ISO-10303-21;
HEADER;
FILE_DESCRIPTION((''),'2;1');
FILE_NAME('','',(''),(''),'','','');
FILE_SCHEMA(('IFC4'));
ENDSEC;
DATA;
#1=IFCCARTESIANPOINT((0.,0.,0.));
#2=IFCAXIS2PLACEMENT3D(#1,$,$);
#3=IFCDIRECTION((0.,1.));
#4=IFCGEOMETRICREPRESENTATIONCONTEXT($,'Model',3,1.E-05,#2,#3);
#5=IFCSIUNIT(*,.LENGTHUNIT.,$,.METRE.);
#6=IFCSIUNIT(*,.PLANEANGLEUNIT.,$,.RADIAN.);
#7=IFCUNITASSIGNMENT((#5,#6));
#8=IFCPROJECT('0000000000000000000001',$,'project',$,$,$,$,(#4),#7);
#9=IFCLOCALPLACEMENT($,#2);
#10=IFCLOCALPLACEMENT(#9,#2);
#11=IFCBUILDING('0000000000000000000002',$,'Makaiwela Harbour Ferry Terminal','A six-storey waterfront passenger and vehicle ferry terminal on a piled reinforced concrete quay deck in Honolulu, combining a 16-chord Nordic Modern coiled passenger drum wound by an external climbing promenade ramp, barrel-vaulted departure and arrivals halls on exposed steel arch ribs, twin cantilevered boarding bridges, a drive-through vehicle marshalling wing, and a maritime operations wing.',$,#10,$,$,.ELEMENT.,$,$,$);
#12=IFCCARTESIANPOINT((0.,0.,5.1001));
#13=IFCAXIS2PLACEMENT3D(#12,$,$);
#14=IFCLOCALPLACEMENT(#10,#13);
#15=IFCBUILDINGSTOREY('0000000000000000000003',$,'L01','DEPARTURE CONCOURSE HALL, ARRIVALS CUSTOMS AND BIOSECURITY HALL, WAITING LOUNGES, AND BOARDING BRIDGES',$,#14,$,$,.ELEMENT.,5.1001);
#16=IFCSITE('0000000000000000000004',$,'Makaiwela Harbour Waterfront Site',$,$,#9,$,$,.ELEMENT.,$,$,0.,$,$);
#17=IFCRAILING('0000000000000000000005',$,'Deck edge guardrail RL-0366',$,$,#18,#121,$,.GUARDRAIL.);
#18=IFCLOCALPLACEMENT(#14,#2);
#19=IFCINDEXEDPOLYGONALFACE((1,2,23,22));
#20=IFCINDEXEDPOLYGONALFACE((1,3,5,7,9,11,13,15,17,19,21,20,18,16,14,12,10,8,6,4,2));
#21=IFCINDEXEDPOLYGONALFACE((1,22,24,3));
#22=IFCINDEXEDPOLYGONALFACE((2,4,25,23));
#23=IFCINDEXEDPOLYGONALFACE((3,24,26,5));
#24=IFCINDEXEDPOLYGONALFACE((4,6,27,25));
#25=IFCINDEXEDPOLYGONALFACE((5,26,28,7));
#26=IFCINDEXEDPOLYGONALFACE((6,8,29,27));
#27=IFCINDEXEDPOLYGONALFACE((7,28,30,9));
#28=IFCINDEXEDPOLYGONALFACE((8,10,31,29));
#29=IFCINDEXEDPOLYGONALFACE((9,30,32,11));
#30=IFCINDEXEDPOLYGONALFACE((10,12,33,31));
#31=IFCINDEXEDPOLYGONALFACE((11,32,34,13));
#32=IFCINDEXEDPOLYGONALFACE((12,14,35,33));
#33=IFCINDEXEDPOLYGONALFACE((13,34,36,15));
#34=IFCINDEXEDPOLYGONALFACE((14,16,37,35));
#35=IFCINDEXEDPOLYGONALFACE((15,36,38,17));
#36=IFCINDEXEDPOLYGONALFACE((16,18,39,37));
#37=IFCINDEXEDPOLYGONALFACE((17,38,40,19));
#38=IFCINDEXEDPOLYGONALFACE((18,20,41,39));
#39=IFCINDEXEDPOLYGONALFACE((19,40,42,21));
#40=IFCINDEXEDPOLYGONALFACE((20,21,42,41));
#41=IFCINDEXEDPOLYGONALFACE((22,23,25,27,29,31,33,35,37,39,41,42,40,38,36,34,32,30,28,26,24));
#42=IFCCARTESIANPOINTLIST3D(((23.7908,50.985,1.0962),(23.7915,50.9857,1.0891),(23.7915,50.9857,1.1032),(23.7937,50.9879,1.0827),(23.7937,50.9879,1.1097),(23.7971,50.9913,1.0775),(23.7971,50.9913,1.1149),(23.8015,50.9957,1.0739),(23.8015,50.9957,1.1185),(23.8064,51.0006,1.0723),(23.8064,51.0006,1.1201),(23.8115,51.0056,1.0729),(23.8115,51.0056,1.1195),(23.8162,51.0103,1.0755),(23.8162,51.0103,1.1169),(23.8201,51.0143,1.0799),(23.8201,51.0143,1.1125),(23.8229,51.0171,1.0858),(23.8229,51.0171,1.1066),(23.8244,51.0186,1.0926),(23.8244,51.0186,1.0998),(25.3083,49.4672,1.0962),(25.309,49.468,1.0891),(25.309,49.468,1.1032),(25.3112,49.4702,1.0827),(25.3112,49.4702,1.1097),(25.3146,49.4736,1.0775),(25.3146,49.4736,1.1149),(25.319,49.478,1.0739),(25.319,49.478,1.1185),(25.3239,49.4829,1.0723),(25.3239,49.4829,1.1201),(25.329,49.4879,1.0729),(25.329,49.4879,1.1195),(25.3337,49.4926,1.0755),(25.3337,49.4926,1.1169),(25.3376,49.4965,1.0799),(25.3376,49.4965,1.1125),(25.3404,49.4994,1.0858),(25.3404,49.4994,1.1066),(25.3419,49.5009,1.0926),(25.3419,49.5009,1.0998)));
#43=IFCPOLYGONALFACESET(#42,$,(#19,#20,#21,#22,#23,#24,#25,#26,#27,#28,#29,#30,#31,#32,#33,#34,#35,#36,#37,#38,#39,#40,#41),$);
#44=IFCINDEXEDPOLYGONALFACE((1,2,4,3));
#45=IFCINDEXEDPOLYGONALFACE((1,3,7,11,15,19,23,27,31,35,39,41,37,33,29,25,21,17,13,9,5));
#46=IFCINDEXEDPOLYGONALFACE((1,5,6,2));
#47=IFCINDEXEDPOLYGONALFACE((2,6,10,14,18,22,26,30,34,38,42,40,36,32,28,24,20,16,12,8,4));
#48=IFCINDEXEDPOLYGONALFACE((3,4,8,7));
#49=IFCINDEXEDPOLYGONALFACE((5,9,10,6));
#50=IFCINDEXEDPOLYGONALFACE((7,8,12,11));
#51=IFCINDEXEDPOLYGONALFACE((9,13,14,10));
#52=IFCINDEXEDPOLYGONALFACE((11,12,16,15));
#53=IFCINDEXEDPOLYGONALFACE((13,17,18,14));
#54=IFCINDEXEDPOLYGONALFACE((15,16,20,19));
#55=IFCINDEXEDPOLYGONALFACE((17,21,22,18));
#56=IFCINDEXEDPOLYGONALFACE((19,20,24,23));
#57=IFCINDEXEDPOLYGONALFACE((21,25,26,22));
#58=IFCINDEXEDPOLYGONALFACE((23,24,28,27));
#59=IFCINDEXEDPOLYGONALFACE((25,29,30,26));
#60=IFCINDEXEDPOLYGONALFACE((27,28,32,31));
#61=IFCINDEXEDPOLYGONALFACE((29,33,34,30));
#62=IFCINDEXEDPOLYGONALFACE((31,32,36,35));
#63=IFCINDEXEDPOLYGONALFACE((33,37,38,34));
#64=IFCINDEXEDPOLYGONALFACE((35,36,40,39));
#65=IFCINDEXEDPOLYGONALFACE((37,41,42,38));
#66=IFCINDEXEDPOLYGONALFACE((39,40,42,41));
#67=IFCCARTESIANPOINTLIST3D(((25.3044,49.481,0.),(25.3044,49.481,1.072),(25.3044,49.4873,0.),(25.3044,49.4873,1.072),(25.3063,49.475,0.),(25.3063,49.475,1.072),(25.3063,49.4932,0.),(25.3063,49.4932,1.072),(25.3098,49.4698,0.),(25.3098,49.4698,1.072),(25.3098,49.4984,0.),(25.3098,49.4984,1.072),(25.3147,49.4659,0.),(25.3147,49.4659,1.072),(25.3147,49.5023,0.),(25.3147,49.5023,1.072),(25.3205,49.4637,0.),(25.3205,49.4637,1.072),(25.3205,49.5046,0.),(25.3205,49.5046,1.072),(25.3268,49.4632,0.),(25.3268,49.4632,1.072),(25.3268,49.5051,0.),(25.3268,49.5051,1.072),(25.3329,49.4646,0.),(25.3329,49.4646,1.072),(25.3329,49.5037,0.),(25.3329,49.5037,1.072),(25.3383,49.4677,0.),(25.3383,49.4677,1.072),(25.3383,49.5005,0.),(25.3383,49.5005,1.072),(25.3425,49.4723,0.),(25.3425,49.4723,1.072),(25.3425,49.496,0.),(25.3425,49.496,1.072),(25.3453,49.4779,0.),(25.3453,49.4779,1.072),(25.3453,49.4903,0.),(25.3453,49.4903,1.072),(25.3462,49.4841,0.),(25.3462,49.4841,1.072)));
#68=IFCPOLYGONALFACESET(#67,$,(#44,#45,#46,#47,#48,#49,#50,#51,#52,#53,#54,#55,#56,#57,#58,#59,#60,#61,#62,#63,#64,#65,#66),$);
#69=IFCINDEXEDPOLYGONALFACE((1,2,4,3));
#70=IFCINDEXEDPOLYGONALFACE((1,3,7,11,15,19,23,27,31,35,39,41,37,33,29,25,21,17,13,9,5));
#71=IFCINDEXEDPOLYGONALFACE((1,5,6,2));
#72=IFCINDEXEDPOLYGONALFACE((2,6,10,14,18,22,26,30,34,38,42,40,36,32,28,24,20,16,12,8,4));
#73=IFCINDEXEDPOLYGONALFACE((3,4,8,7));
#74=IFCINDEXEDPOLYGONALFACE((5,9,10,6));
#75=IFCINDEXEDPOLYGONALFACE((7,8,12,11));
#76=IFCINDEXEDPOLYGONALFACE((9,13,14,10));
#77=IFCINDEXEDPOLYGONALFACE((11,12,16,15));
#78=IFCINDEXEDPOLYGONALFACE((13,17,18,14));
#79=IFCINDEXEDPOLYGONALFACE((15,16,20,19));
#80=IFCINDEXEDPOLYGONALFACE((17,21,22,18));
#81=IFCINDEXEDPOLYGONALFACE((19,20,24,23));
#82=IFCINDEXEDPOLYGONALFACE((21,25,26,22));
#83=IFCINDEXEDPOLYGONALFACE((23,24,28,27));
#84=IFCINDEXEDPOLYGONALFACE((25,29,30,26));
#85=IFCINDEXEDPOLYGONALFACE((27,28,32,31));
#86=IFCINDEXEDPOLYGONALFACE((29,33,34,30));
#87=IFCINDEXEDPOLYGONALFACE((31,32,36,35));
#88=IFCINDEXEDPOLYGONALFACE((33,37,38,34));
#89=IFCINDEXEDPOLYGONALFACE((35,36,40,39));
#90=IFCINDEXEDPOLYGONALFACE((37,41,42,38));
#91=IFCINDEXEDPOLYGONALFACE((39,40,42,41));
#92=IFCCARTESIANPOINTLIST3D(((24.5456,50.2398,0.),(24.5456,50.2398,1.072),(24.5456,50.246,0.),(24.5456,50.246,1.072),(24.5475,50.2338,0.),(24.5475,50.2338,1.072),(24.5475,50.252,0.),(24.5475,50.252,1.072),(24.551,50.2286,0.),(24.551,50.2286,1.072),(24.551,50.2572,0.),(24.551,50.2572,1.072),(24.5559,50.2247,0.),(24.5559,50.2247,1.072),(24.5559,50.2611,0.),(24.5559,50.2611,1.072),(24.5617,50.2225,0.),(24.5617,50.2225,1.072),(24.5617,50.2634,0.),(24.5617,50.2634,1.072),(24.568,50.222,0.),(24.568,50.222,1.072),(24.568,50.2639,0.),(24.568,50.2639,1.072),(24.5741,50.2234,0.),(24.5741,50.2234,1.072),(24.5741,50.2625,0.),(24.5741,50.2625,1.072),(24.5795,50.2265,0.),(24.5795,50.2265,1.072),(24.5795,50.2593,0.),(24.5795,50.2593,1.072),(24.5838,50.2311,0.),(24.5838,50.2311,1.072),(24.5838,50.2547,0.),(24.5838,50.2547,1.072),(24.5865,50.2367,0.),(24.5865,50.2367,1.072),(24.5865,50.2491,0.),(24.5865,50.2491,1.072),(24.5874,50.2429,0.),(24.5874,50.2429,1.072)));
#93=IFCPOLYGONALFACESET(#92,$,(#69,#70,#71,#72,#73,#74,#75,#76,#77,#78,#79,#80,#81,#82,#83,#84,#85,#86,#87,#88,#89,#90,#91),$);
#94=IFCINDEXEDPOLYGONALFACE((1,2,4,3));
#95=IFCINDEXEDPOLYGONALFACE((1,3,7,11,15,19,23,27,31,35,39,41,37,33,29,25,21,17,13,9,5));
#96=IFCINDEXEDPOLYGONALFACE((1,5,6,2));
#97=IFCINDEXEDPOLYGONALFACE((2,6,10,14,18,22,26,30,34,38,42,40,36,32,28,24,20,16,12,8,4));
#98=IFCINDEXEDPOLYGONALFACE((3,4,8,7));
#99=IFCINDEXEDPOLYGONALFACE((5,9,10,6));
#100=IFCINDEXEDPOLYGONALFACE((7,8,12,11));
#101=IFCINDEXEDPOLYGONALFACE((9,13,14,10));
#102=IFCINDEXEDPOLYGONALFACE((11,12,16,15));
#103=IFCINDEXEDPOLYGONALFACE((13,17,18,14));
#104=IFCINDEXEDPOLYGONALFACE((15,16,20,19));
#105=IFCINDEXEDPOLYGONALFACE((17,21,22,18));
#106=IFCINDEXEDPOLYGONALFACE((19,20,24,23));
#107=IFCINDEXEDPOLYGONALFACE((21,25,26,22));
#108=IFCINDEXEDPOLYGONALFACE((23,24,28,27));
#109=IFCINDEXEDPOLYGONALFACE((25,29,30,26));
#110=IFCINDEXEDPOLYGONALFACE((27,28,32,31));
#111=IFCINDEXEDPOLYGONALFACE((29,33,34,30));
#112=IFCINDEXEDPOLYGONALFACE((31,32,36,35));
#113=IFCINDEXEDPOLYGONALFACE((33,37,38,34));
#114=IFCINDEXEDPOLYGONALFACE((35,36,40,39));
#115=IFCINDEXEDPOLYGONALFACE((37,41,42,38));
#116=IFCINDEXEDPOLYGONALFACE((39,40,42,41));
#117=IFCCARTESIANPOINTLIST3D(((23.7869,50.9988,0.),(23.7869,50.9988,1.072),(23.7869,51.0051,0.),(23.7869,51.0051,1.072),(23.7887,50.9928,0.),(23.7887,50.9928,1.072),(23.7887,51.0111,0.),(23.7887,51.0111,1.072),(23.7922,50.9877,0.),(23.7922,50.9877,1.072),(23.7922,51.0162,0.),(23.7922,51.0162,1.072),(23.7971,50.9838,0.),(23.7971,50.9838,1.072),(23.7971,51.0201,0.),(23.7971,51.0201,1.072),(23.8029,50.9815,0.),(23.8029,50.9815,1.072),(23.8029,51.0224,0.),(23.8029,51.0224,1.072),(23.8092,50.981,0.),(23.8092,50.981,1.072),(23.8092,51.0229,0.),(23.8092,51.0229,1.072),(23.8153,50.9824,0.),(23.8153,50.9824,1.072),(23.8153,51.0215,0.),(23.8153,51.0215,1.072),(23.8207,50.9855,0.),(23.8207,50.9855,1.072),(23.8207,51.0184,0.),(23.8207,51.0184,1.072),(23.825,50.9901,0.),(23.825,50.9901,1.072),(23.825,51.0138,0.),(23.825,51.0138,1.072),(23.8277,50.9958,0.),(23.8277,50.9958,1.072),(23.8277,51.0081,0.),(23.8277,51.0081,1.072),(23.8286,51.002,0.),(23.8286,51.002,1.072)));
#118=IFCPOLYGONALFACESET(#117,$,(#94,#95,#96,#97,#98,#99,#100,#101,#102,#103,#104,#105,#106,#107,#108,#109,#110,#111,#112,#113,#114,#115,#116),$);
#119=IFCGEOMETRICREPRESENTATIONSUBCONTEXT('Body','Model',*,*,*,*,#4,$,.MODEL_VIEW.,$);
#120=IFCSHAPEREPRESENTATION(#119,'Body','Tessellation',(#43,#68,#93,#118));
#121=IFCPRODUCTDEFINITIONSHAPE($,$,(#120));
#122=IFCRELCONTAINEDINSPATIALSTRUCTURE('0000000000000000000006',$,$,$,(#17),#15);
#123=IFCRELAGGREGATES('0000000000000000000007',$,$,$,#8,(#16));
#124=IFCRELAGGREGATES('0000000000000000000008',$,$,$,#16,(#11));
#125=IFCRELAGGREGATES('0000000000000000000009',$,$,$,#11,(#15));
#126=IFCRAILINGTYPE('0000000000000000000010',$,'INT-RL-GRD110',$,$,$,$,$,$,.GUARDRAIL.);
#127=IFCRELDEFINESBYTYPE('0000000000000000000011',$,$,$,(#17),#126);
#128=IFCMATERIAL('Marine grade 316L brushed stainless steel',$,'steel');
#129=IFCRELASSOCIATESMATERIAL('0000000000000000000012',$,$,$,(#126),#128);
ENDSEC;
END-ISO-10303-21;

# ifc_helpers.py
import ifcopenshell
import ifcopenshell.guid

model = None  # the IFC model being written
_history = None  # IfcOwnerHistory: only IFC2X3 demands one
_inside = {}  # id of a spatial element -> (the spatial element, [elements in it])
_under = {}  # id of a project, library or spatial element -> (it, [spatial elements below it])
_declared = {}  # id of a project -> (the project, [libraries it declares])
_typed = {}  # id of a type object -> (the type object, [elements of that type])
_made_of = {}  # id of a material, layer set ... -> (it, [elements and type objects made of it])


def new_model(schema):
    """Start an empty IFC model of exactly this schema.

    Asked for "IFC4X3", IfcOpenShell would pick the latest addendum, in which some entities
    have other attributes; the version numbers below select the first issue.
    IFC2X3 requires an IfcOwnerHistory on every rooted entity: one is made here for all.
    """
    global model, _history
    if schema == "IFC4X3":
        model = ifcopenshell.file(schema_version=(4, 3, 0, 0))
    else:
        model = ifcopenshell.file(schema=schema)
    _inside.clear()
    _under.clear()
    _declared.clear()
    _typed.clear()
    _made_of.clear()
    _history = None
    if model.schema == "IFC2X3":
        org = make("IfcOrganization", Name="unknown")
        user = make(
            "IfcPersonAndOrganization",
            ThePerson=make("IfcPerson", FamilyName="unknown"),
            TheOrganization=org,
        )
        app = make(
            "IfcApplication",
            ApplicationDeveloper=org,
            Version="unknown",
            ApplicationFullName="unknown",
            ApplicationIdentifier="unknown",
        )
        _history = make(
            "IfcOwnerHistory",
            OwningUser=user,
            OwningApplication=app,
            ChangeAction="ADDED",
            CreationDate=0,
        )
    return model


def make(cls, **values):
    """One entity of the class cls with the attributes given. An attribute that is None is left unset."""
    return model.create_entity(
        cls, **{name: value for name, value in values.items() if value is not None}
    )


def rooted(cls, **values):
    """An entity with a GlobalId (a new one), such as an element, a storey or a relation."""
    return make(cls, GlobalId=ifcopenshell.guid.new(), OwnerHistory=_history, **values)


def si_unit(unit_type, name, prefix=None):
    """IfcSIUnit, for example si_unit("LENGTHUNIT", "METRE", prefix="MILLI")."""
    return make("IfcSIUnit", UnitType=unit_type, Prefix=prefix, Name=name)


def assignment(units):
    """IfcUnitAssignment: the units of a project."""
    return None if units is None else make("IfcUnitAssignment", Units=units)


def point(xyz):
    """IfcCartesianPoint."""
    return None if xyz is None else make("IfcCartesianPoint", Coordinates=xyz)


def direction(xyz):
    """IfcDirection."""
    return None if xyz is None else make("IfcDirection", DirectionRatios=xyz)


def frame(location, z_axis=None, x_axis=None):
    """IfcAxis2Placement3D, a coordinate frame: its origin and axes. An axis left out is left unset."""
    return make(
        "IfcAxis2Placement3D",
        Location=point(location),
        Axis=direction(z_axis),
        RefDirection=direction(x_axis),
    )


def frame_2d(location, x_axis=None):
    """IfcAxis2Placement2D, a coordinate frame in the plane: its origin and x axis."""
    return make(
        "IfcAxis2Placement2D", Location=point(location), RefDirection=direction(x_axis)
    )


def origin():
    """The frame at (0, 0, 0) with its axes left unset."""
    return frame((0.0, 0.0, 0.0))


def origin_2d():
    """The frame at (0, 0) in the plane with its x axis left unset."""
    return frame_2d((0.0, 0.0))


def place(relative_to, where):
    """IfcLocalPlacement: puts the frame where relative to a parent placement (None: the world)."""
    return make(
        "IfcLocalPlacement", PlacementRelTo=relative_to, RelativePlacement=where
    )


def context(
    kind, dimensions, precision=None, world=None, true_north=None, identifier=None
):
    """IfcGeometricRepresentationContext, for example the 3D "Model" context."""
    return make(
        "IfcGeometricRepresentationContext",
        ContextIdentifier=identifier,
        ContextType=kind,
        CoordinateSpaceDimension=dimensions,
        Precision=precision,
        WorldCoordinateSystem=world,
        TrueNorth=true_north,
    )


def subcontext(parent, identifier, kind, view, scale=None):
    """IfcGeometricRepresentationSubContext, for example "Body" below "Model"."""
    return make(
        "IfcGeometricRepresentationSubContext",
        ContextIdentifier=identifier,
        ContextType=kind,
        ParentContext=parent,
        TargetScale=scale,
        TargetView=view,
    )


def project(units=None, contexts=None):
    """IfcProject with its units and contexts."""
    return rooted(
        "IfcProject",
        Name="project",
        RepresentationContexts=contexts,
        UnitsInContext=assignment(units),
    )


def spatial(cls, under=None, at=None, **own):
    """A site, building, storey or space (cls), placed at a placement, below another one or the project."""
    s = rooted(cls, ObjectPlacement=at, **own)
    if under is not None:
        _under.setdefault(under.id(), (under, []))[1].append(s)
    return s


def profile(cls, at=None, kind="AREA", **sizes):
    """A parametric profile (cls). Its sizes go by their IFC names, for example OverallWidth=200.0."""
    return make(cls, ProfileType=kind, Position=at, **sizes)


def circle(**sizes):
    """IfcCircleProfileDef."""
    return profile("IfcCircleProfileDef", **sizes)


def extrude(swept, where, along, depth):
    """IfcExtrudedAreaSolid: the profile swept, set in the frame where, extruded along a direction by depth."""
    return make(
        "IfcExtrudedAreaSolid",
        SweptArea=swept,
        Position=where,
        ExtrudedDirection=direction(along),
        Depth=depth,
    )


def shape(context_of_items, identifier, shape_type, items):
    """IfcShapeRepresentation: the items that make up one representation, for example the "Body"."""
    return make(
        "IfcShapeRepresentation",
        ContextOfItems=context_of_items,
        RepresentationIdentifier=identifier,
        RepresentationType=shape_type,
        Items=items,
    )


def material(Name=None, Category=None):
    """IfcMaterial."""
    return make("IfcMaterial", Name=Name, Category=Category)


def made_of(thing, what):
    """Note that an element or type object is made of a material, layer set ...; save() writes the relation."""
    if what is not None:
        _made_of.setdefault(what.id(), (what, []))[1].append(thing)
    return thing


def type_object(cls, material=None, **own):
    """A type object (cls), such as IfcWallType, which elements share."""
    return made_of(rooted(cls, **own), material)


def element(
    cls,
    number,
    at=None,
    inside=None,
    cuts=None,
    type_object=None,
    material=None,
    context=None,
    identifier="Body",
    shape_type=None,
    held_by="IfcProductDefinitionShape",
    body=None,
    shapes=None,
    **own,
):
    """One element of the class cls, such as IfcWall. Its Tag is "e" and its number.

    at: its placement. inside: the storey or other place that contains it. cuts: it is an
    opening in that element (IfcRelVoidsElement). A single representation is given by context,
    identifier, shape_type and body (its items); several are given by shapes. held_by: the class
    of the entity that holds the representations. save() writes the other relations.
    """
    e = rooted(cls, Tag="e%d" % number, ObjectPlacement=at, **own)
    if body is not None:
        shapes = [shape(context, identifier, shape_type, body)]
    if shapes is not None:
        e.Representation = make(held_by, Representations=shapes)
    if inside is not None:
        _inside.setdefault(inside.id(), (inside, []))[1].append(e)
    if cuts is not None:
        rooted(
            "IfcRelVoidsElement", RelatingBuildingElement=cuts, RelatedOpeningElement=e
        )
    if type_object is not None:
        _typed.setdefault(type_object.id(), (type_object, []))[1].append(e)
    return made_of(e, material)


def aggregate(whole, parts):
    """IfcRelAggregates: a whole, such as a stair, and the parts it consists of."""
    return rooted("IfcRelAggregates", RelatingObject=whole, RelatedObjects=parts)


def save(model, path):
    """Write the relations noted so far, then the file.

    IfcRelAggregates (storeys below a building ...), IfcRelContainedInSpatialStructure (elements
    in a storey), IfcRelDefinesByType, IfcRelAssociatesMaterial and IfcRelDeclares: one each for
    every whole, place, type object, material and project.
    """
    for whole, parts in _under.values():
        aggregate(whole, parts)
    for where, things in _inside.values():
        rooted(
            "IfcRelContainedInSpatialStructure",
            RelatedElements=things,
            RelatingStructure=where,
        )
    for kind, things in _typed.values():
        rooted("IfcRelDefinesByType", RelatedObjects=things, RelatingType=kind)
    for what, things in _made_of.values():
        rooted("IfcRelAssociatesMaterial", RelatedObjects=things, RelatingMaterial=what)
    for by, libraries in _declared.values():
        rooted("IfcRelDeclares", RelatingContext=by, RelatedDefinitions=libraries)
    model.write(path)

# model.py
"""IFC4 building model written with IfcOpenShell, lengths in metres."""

from ifc_helpers import new_model, si_unit, direction, frame, origin, origin_2d, place, context, subcontext, project, spatial, circle, extrude, material, type_object, element, save


model = new_model("IFC4")

# Units and contexts
model_context = context("Model", 3, precision=1e-05, world=origin(), true_north=direction((0.0, 1.0)))
body_context = subcontext(model_context, "Body", "Model", "MODEL_VIEW")
ifc_project = project(units=[si_unit("LENGTHUNIT", "METRE"), si_unit("PLANEANGLEUNIT", "RADIAN")], contexts=[model_context])

# Site, building, storey
site_placement = place(None, origin())
site = spatial("IfcSite", under=ifc_project, at=site_placement, Name="Makaiwela Harbour Waterfront Site", CompositionType="ELEMENT", RefElevation=0.0)
building_placement = place(site_placement, origin())
building = spatial("IfcBuilding", under=site, at=building_placement, Name="Makaiwela Harbour Ferry Terminal", Description="A six-storey waterfront passenger and vehicle ferry terminal on a piled reinforced concrete quay deck in Honolulu, combining a 16-chord Nordic Modern coiled passenger drum wound by an external climbing promenade ramp, barrel-vaulted departure and arrivals halls on exposed steel arch ribs, twin cantilevered boarding bridges, a drive-through vehicle marshalling wing, and a maritime operations wing.", CompositionType="ELEMENT")
storey_placement = place(building_placement, frame((0.0, 0.0, 5.1001)))
storey = spatial("IfcBuildingStorey", under=building, at=storey_placement, Name="L01", Description="DEPARTURE CONCOURSE HALL, ARRIVALS CUSTOMS AND BIOSECURITY HALL, WAITING LOUNGES, AND BOARDING BRIDGES", CompositionType="ELEMENT", Elevation=5.1001)

# Railing
ifc_material_1 = material(Name="Marine grade 316L brushed stainless steel", Category="steel")
railing_type = type_object("IfcRailingType", Name="INT-RL-GRD110", PredefinedType="GUARDRAIL", material=ifc_material_1)
railing_1_placement = place(storey_placement, frame((25.3252, 49.4841, 0.0)))
element("IfcRailing", 1, at=railing_1_placement, inside=storey, type_object=railing_type, Name="Deck edge guardrail RL-0366", PredefinedType="GUARDRAIL", context=body_context, shape_type="SweptSolid", body=[
    extrude(circle(Radius=0.0239, at=origin_2d()), frame((0.0, 0.0, 1.0962), z_axis=(-0.70705, 0.707164, 0.0), x_axis=(-0.707164, -0.70705, 0.0)), (0.0, 0.0, 1.0), 2.1462),
    extrude(circle(Radius=0.021, at=origin_2d()), origin(), (0.0, 0.0, 1.0), 1.072),
    extrude(circle(Radius=0.021, at=origin_2d()), frame((-0.7588, 0.7588, 0.0)), (0.0, 0.0, 1.0), 1.072),
    extrude(circle(Radius=0.021, at=origin_2d()), frame((-1.5176, 1.5178, 0.0)), (0.0, 0.0, 1.0), 1.072),
])

save(model, "model.ifc")
